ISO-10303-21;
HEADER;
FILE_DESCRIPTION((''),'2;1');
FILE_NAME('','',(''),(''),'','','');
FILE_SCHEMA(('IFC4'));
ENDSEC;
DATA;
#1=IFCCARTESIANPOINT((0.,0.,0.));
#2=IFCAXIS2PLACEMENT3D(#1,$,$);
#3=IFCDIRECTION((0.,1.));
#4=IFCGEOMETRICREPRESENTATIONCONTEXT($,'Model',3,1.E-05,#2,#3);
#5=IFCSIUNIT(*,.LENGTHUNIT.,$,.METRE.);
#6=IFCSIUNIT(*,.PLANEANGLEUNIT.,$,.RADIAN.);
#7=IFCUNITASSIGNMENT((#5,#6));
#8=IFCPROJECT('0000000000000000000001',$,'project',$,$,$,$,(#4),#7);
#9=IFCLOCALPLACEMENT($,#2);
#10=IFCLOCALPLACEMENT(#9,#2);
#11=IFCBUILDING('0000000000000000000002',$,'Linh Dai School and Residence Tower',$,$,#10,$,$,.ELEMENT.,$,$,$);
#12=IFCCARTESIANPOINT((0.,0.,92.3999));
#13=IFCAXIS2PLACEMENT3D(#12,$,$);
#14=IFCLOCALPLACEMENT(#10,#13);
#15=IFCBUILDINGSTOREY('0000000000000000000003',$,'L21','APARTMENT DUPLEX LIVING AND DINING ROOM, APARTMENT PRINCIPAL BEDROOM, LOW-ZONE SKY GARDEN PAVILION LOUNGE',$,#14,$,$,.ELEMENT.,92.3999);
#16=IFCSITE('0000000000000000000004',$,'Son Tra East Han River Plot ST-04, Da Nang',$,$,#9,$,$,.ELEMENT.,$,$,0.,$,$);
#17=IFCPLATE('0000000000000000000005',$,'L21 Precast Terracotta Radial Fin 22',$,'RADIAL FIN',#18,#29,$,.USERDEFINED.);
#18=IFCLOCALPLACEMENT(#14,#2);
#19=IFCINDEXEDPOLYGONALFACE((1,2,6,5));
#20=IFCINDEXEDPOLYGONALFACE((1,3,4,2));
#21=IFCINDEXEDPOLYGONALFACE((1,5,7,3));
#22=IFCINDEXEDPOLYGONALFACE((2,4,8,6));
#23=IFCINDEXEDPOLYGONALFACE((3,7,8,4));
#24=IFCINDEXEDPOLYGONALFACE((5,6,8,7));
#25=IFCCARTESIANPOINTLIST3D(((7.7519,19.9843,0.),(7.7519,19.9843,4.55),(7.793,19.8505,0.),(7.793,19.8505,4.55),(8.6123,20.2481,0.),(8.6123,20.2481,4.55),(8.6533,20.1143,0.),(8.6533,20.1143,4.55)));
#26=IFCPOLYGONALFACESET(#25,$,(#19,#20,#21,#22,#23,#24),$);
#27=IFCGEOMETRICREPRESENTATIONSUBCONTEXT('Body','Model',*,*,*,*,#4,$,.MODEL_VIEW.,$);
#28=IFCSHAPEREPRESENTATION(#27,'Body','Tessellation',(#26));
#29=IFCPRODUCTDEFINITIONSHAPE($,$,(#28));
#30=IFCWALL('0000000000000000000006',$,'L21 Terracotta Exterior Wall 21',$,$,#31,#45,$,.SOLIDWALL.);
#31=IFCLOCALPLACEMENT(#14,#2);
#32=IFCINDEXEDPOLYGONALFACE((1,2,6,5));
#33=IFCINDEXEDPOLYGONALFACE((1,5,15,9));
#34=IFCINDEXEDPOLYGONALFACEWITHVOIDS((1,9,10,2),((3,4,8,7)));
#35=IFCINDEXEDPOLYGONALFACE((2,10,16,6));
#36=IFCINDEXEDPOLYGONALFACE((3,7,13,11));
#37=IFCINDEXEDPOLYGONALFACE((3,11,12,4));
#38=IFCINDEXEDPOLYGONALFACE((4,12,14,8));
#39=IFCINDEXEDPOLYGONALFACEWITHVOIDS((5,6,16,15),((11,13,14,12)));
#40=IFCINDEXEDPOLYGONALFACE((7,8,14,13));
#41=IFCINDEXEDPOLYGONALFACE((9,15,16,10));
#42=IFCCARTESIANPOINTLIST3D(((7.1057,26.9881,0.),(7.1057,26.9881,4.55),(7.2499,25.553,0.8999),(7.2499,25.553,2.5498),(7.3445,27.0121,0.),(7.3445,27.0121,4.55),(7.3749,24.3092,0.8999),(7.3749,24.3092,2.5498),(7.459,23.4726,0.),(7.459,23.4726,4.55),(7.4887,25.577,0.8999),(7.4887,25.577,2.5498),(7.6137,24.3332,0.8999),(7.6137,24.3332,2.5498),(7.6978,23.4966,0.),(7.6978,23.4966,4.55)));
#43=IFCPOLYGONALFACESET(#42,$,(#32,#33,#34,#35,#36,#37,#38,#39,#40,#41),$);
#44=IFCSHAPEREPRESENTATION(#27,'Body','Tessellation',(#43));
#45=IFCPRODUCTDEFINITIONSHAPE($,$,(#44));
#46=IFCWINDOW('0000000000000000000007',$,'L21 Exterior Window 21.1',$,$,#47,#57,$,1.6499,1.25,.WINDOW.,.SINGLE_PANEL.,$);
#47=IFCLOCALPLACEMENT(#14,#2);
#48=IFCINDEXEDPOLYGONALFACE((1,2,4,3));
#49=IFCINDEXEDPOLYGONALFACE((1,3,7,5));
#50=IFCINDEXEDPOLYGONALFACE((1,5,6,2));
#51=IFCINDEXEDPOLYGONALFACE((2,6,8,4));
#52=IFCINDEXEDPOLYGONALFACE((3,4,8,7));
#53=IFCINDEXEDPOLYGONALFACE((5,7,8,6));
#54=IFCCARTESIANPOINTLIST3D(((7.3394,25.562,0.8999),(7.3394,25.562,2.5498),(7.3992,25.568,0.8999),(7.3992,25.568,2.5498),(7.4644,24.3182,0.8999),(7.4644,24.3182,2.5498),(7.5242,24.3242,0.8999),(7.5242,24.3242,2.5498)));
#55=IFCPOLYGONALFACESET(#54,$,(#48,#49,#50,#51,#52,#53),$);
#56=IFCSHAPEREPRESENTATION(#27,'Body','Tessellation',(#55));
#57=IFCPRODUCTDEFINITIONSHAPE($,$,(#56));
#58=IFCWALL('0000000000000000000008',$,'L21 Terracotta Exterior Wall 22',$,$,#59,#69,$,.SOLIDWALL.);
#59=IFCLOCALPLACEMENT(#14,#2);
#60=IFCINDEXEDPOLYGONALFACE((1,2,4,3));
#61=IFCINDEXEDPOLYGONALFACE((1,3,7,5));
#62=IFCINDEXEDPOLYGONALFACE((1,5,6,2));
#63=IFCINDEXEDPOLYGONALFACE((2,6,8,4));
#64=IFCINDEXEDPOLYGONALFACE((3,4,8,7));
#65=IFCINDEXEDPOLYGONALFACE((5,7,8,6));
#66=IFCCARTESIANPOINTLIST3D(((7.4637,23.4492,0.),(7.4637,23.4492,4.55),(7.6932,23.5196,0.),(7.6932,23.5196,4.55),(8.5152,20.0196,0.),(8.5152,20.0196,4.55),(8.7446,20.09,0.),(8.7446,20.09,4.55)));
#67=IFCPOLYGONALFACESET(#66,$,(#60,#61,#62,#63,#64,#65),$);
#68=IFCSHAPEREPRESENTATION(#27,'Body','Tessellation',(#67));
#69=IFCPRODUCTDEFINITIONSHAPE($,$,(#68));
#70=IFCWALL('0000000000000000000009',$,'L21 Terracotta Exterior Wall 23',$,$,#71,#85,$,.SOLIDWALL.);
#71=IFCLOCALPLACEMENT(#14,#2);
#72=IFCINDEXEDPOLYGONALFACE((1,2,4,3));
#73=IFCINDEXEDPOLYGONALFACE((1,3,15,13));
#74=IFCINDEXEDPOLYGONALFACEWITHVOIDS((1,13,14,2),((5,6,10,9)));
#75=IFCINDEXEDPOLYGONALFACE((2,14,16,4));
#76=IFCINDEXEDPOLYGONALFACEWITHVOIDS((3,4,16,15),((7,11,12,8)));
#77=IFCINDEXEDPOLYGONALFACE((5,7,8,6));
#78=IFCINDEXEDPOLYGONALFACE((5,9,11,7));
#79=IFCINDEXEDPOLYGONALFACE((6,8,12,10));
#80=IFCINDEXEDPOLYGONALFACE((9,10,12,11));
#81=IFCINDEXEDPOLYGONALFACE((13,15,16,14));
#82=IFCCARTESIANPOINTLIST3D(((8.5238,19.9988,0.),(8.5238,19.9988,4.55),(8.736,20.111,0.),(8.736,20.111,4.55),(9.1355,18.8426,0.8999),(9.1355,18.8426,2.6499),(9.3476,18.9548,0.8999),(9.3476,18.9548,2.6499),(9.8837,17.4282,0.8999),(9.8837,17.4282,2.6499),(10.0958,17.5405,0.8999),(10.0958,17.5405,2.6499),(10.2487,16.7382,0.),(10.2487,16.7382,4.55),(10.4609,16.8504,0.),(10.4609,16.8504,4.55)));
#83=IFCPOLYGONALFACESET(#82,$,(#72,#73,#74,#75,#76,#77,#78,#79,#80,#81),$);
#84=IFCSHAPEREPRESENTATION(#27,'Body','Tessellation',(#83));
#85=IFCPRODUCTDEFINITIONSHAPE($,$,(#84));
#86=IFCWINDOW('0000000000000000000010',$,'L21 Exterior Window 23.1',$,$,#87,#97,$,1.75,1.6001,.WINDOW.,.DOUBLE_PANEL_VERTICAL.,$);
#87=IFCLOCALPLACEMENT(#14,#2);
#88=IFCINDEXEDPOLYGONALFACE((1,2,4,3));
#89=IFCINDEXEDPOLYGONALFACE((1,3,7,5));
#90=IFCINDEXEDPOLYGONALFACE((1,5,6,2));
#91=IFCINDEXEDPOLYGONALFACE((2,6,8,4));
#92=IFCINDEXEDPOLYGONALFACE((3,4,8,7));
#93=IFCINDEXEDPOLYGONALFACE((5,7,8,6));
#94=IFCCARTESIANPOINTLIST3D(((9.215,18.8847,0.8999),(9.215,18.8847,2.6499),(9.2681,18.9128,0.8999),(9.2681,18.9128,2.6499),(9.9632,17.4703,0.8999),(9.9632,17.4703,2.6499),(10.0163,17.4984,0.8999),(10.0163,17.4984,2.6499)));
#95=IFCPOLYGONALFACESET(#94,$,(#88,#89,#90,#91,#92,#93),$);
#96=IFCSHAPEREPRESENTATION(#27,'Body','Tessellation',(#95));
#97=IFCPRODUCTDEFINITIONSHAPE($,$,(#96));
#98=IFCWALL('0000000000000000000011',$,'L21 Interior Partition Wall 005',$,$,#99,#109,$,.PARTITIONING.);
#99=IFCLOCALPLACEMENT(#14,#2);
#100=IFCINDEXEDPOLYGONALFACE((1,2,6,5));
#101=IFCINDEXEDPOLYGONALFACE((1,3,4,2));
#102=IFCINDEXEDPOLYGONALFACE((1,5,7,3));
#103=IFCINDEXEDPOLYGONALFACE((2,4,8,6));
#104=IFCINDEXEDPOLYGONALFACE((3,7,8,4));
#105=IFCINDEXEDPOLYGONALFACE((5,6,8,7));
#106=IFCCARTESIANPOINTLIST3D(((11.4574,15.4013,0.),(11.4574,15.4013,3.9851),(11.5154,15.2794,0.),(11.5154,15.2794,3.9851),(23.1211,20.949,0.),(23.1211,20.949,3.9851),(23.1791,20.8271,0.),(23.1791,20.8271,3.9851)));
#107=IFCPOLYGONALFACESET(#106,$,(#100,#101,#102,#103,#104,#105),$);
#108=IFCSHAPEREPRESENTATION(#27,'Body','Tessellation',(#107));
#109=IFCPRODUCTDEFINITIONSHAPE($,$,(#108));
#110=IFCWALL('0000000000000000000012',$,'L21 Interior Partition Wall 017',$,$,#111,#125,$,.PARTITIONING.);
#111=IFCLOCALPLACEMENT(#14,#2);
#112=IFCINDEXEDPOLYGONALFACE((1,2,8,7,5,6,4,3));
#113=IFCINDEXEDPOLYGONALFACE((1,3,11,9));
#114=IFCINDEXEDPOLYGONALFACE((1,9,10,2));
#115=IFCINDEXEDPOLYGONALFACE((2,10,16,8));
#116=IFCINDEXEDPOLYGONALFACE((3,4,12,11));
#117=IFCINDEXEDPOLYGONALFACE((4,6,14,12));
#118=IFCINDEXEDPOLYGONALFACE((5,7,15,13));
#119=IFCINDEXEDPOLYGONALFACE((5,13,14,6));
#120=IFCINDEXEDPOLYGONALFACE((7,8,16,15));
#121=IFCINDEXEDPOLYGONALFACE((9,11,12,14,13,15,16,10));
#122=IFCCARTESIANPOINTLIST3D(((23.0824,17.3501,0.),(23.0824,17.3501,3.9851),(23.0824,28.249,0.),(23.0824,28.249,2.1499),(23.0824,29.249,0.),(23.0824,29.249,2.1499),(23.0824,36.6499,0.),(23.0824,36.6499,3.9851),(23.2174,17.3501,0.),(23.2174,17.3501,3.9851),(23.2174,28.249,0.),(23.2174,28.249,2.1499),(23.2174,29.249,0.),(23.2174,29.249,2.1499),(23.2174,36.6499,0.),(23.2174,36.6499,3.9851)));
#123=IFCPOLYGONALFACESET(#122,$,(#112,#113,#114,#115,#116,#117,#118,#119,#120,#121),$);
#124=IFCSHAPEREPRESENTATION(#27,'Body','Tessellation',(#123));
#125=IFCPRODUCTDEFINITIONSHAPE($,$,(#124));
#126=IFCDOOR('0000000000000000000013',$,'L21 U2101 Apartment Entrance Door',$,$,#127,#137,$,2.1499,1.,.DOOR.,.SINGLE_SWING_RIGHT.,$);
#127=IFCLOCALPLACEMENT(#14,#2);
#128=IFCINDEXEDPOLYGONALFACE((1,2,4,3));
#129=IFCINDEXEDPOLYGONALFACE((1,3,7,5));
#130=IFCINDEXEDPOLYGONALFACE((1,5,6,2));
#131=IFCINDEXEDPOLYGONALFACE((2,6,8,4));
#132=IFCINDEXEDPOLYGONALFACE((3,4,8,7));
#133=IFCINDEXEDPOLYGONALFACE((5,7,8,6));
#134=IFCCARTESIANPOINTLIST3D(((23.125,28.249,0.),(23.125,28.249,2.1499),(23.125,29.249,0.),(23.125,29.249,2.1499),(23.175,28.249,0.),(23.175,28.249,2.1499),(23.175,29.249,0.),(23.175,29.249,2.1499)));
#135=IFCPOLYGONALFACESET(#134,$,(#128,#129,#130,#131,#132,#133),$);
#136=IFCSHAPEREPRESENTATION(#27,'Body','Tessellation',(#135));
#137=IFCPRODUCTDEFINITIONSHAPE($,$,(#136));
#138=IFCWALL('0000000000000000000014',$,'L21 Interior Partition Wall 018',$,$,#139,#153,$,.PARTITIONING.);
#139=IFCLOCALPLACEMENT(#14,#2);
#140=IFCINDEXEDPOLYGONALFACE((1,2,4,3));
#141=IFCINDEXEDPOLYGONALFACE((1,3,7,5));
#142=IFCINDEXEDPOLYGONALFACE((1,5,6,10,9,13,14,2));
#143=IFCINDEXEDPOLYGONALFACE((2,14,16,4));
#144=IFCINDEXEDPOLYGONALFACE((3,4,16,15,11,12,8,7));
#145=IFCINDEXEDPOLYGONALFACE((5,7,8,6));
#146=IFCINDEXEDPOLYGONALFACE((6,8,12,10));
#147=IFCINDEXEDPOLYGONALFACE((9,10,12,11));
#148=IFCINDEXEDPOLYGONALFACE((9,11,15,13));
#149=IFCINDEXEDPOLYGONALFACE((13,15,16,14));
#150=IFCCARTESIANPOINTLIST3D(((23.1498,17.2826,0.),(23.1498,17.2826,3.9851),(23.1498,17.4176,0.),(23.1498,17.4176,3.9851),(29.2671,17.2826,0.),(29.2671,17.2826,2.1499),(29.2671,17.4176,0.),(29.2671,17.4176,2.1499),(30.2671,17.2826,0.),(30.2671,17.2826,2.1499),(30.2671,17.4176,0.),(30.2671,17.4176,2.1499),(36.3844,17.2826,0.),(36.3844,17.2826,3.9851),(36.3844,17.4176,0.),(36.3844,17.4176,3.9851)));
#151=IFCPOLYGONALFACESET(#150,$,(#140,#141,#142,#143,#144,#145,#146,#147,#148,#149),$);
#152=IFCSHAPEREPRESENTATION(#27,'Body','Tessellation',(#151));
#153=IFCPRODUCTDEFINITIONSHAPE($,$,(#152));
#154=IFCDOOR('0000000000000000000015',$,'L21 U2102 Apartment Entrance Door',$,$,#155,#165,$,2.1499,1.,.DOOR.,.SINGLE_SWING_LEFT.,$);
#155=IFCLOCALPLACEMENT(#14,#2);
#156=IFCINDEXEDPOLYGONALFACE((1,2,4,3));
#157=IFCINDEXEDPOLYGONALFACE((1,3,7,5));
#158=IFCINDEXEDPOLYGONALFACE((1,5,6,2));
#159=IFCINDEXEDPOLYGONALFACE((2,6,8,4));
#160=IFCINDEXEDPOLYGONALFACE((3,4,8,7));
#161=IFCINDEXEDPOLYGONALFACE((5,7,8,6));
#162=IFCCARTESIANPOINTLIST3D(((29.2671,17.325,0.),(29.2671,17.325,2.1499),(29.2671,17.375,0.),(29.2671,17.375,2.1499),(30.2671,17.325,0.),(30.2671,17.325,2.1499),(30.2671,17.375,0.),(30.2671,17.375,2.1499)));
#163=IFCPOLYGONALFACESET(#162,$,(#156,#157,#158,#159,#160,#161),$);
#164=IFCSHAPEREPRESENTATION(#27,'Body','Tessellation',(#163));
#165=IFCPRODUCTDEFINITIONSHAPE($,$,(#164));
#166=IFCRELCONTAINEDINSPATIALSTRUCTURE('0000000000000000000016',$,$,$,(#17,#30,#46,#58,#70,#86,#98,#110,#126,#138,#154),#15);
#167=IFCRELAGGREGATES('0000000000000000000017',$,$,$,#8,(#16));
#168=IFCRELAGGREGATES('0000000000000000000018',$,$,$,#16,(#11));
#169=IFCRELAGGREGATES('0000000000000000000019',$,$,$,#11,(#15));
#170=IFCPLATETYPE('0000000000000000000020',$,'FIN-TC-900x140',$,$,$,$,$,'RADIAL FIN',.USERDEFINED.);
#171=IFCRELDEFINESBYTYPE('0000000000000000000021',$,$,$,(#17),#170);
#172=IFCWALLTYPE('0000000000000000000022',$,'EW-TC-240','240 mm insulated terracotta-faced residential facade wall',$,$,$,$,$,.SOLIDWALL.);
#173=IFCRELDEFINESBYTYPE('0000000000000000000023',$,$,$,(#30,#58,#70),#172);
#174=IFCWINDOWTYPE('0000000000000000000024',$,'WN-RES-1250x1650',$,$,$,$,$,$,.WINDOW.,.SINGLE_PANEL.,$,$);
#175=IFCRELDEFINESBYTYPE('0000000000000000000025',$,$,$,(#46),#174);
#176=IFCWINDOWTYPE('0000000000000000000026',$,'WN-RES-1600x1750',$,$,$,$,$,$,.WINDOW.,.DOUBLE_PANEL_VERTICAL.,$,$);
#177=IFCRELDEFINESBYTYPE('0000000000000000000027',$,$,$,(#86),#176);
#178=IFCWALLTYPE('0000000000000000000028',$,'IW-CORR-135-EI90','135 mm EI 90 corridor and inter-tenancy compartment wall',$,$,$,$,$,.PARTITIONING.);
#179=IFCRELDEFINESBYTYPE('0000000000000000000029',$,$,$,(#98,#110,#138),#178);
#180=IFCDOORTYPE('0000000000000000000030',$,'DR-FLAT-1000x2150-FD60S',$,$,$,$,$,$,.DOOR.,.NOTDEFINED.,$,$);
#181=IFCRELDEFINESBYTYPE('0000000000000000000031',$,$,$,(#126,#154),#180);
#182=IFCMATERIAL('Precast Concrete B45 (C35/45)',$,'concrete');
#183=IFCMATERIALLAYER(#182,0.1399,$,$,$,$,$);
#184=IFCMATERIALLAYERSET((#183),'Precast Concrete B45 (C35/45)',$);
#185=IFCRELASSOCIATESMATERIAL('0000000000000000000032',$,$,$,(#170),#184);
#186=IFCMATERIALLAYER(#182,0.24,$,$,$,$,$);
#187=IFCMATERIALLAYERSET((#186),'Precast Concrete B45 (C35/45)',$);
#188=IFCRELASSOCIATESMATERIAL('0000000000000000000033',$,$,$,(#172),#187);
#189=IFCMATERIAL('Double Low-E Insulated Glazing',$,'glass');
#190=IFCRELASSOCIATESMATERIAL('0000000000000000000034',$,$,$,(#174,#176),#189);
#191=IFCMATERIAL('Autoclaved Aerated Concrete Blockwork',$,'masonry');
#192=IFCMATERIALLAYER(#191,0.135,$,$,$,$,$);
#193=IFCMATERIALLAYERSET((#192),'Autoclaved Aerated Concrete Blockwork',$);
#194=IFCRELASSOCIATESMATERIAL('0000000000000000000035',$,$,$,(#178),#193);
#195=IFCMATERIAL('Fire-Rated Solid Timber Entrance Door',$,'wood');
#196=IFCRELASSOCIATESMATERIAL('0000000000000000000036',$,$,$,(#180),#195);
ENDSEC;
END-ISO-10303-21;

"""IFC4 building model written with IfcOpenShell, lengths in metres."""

from ifc_helpers import new_model, si_unit, direction, frame, frame_2d, origin, origin_2d, place, context, subcontext, project, spatial, rectangle, extrude, source, transform, mapped, material, layer, layer_set, type_object, element, fill, save


model = new_model("IFC4")

# Units and contexts
model_context = context("Model", 3, precision=1e-05, world=origin(), true_north=direction((0.0, 1.0)))
body_context = subcontext(model_context, "Body", "Model", "MODEL_VIEW")
ifc_project = project(units=[si_unit("LENGTHUNIT", "METRE"), si_unit("PLANEANGLEUNIT", "RADIAN")], contexts=[model_context])

# Site, building, storey
site_placement = place(None, origin())
site = spatial("IfcSite", under=ifc_project, at=site_placement, Name="Son Tra East Han River Plot ST-04, Da Nang", CompositionType="ELEMENT", RefElevation=0.0)
building_placement = place(site_placement, origin())
building = spatial("IfcBuilding", under=site, at=building_placement, Name="Linh Dai School and Residence Tower", CompositionType="ELEMENT")
storey_placement = place(building_placement, frame((0.0, 0.0, 92.3999)))
storey = spatial("IfcBuildingStorey", under=building, at=storey_placement, Name="L21", Description="APARTMENT DUPLEX LIVING AND DINING ROOM, APARTMENT PRINCIPAL BEDROOM, LOW-ZONE SKY GARDEN PAVILION LOUNGE", CompositionType="ELEMENT", Elevation=92.3999)

# Plate
ifc_material_1 = material(Name="Precast Concrete B45 (C35/45)", Category="concrete")
ifc_layer_1 = layer(ifc_material_1, 0.1399)
ifc_layer_set_1 = layer_set([ifc_layer_1], Name="Precast Concrete B45 (C35/45)")
plate_type_1 = type_object("IfcPlateType", Name="FIN-TC-900x140", ElementType="RADIAL FIN", PredefinedType="USERDEFINED", material=ifc_layer_set_1)
shared_shape_1 = source(origin(), body_context, "Body", "SweptSolid", [
    extrude(rectangle(XDim=0.8999, YDim=0.1399, at=origin_2d()), origin(), (0.0, 0.0, 1.0), 4.55),
])
plate_placement = place(storey_placement, frame((8.2026, 20.0493, 0.0), z_axis=(0.0, 0.0, 1.0), x_axis=(-0.956072, -0.293134, 0.0)))
element("IfcPlate", 1, at=plate_placement, inside=storey, type_object=plate_type_1, Name="L21 Precast Terracotta Radial Fin 22", ObjectType="RADIAL FIN", PredefinedType="USERDEFINED", context=body_context, shape_type="MappedRepresentation", body=[
    mapped(shared_shape_1, transform((0.0, 0.0, 0.0), x_axis=(1.0, 0.0, 0.0), y_axis=(0.0, 1.0, 0.0), z_axis=(0.0, 0.0, 1.0), scale=1.0)),
])

# Wall, opening, window
ifc_layer_2 = layer(ifc_material_1, 0.24)
ifc_layer_set_2 = layer_set([ifc_layer_2], Name="Precast Concrete B45 (C35/45)")
wall_type_1 = type_object("IfcWallType", Name="EW-TC-240", Description="240 mm insulated terracotta-faced residential facade wall", PredefinedType="SOLIDWALL", material=ifc_layer_set_2)
wall_1_placement = place(storey_placement, frame((7.5784, 23.4846, 0.0), z_axis=(0.0, 0.0, 1.0), x_axis=(-0.099989, 0.994988, 0.0)))
wall_1 = element("IfcWall", 2, at=wall_1_placement, inside=storey, type_object=wall_type_1, Name="L21 Terracotta Exterior Wall 21", PredefinedType="SOLIDWALL", context=body_context, shape_type="SweptSolid", body=[
    extrude(rectangle(XDim=3.5332, YDim=0.24, at=frame_2d((1.7666, 0.0))), origin(), (0.0, 0.0, 1.0), 4.55),
])
opening_1_placement = place(wall_1_placement, frame((0.8408, 0.0, 0.8999)))
opening_1 = element("IfcOpeningElement", 3, at=opening_1_placement, cuts=wall_1, PredefinedType="OPENING", context=body_context, shape_type="SweptSolid", body=[
    extrude(rectangle(XDim=1.25, YDim=1.6499, at=origin_2d()), frame((0.625, 0.1299, 0.825), z_axis=(0.0, -1.0, 0.0), x_axis=(1.0, 0.0, 0.0)), (0.0, 0.0, 1.0), 0.26),
])
ifc_material_2 = material(Name="Double Low-E Insulated Glazing", Category="glass")
window_type_1 = type_object("IfcWindowType", Name="WN-RES-1250x1650", PartitioningType="SINGLE_PANEL", PredefinedType="WINDOW", material=ifc_material_2)
shared_shape_2 = source(origin(), body_context, "Body", "SweptSolid", [
    extrude(rectangle(XDim=1.25, YDim=1.6499, at=origin_2d()), frame((0.625, 0.03, 0.825), z_axis=(0.0, -1.0, 0.0), x_axis=(1.0, 0.0, 0.0)), (0.0, 0.0, 1.0), 0.0601),
])
window_1_placement = place(opening_1_placement, origin())
window_1 = element("IfcWindow", 4, at=window_1_placement, inside=storey, type_object=window_type_1, Name="L21 Exterior Window 21.1", OverallHeight=1.6499, OverallWidth=1.25, PartitioningType="SINGLE_PANEL", PredefinedType="WINDOW", context=body_context, shape_type="MappedRepresentation", body=[
    mapped(shared_shape_2, transform((0.0, 0.0, 0.0), x_axis=(1.0, 0.0, 0.0), y_axis=(0.0, 1.0, 0.0), z_axis=(0.0, 0.0, 1.0), scale=1.0)),
])
fill(opening_1, window_1)

# Wall
wall_2_placement = place(storey_placement, frame((8.6299, 20.0549, 0.0), z_axis=(0.0, 0.0, 1.0), x_axis=(-0.293124, 0.956074, 0.0)))
element("IfcWall", 5, at=wall_2_placement, inside=storey, type_object=wall_type_1, Name="L21 Terracotta Exterior Wall 22", PredefinedType="SOLIDWALL", context=body_context, shape_type="SweptSolid", body=[
    extrude(rectangle(XDim=3.5872, YDim=0.24, at=frame_2d((1.7935, 0.0))), origin(), (0.0, 0.0, 1.0), 4.55),
])

# Wall, opening, window
wall_3_placement = place(storey_placement, frame((10.3547, 16.7944, 0.0), z_axis=(0.0, 0.0, 1.0), x_axis=(-0.467614, 0.883933, 0.0)))
wall_3 = element("IfcWall", 6, at=wall_3_placement, inside=storey, type_object=wall_type_1, Name="L21 Terracotta Exterior Wall 23", PredefinedType="SOLIDWALL", context=body_context, shape_type="SweptSolid", body=[
    extrude(rectangle(XDim=3.6887, YDim=0.24, at=frame_2d((1.8442, 0.0))), origin(), (0.0, 0.0, 1.0), 4.55),
])
opening_2_placement = place(wall_3_placement, frame((0.7805, 0.0, 0.8999)))
opening_2 = element("IfcOpeningElement", 7, at=opening_2_placement, cuts=wall_3, PredefinedType="OPENING", context=body_context, shape_type="SweptSolid", body=[
    extrude(rectangle(XDim=1.6001, YDim=1.75, at=origin_2d()), frame((0.8, 0.1299, 0.875), z_axis=(0.0, -1.0, 0.0), x_axis=(1.0, 0.0, 0.0)), (0.0, 0.0, 1.0), 0.26),
])
window_type_2 = type_object("IfcWindowType", Name="WN-RES-1600x1750", PartitioningType="DOUBLE_PANEL_VERTICAL", PredefinedType="WINDOW", material=ifc_material_2)
shared_shape_3 = source(origin(), body_context, "Body", "SweptSolid", [
    extrude(rectangle(XDim=1.6001, YDim=1.75, at=origin_2d()), frame((0.8, 0.03, 0.875), z_axis=(0.0, -1.0, 0.0), x_axis=(1.0, 0.0, 0.0)), (0.0, 0.0, 1.0), 0.0601),
])
window_2_placement = place(opening_2_placement, origin())
window_2 = element("IfcWindow", 8, at=window_2_placement, inside=storey, type_object=window_type_2, Name="L21 Exterior Window 23.1", OverallHeight=1.75, OverallWidth=1.6001, PartitioningType="DOUBLE_PANEL_VERTICAL", PredefinedType="WINDOW", context=body_context, shape_type="MappedRepresentation", body=[
    mapped(shared_shape_3, transform((0.0, 0.0, 0.0), x_axis=(1.0, 0.0, 0.0), y_axis=(0.0, 1.0, 0.0), z_axis=(0.0, 0.0, 1.0), scale=1.0)),
])
fill(opening_2, window_2)

# Wall
ifc_material_3 = material(Name="Autoclaved Aerated Concrete Blockwork", Category="masonry")
ifc_layer_3 = layer(ifc_material_3, 0.135)
ifc_layer_set_3 = layer_set([ifc_layer_3], Name="Autoclaved Aerated Concrete Blockwork")
wall_type_2 = type_object("IfcWallType", Name="IW-CORR-135-EI90", Description="135 mm EI 90 corridor and inter-tenancy compartment wall", PredefinedType="PARTITIONING", material=ifc_layer_set_3)
wall_4_placement = place(storey_placement, frame((11.4863, 15.3403, 0.0), z_axis=(0.0, 0.0, 1.0), x_axis=(0.903055, 0.429525, 0.0)))
element("IfcWall", 9, at=wall_4_placement, inside=storey, type_object=wall_type_2, Name="L21 Interior Partition Wall 005", PredefinedType="PARTITIONING", context=body_context, shape_type="SweptSolid", body=[
    extrude(rectangle(XDim=12.9158, YDim=0.135, at=frame_2d((6.458, 0.0))), origin(), (0.0, 0.0, 1.0), 3.9851),
])

# Walls, openings, doors
wall_5_placement = place(storey_placement, frame((23.1499, 17.3501, 0.0), z_axis=(0.0, 0.0, 1.0), x_axis=(0.0, 1.0, 0.0)))
wall_5 = element("IfcWall", 10, at=wall_5_placement, inside=storey, type_object=wall_type_2, Name="L21 Interior Partition Wall 017", PredefinedType="PARTITIONING", context=body_context, shape_type="SweptSolid", body=[
    extrude(rectangle(XDim=19.2998, YDim=0.135, at=frame_2d((9.6499, 0.0))), origin(), (0.0, 0.0, 1.0), 3.9851),
])
opening_3_placement = place(wall_5_placement, frame((10.8989, 0.0, 0.0)))
opening_3 = element("IfcOpeningElement", 11, at=opening_3_placement, cuts=wall_5, PredefinedType="OPENING", context=body_context, shape_type="SweptSolid", body=[
    extrude(rectangle(XDim=1.0, YDim=2.1499, at=origin_2d()), frame((0.5, 0.0776, 1.075), z_axis=(0.0, -1.0, 0.0), x_axis=(1.0, 0.0, 0.0)), (0.0, 0.0, 1.0), 0.155),
])
ifc_material_4 = material(Name="Fire-Rated Solid Timber Entrance Door", Category="wood")
door_type_1 = type_object("IfcDoorType", Name="DR-FLAT-1000x2150-FD60S", OperationType="NOTDEFINED", PredefinedType="DOOR", material=ifc_material_4)
shared_shape_4 = source(origin(), body_context, "Body", "SweptSolid", [
    extrude(rectangle(XDim=1.0, YDim=2.1499, at=origin_2d()), frame((0.5, 0.0249, 1.075), z_axis=(0.0, -1.0, 0.0), x_axis=(1.0, 0.0, 0.0)), (0.0, 0.0, 1.0), 0.05),
])
door_1_placement = place(opening_3_placement, origin())
door_1 = element("IfcDoor", 12, at=door_1_placement, inside=storey, type_object=door_type_1, Name="L21 U2101 Apartment Entrance Door", OperationType="SINGLE_SWING_RIGHT", OverallHeight=2.1499, OverallWidth=1.0, PredefinedType="DOOR", context=body_context, shape_type="MappedRepresentation", body=[
    mapped(shared_shape_4, transform((0.0, 0.0, 0.0), x_axis=(1.0, 0.0, 0.0), y_axis=(0.0, 1.0, 0.0), z_axis=(0.0, 0.0, 1.0), scale=1.0)),
])
fill(opening_3, door_1)
wall_6_placement = place(storey_placement, frame((23.1499, 17.3501, 0.0), z_axis=(0.0, 0.0, 1.0), x_axis=(1.0, 0.0, 0.0)))
wall_6 = element("IfcWall", 13, at=wall_6_placement, inside=storey, type_object=wall_type_2, Name="L21 Interior Partition Wall 018", PredefinedType="PARTITIONING", context=body_context, shape_type="SweptSolid", body=[
    extrude(rectangle(XDim=13.2346, YDim=0.135, at=frame_2d((6.6172, 0.0))), origin(), (0.0, 0.0, 1.0), 3.9851),
])
opening_4_placement = place(wall_6_placement, frame((6.1172, 0.0, 0.0)))
opening_4 = element("IfcOpeningElement", 14, at=opening_4_placement, cuts=wall_6, PredefinedType="OPENING", context=body_context, shape_type="SweptSolid", body=[
    extrude(rectangle(XDim=1.0, YDim=2.1499, at=origin_2d()), frame((0.5, 0.0776, 1.075), z_axis=(0.0, -1.0, 0.0), x_axis=(1.0, 0.0, 0.0)), (0.0, 0.0, 1.0), 0.155),
])
door_2_placement = place(opening_4_placement, origin())
door_2 = element("IfcDoor", 15, at=door_2_placement, inside=storey, type_object=door_type_1, Name="L21 U2102 Apartment Entrance Door", OperationType="SINGLE_SWING_LEFT", OverallHeight=2.1499, OverallWidth=1.0, PredefinedType="DOOR", context=body_context, shape_type="MappedRepresentation", body=[
    mapped(shared_shape_4, transform((0.0, 0.0, 0.0), x_axis=(1.0, 0.0, 0.0), y_axis=(0.0, 1.0, 0.0), z_axis=(0.0, 0.0, 1.0), scale=1.0)),
])
fill(opening_4, door_2)

save(model, "model.ifc")
